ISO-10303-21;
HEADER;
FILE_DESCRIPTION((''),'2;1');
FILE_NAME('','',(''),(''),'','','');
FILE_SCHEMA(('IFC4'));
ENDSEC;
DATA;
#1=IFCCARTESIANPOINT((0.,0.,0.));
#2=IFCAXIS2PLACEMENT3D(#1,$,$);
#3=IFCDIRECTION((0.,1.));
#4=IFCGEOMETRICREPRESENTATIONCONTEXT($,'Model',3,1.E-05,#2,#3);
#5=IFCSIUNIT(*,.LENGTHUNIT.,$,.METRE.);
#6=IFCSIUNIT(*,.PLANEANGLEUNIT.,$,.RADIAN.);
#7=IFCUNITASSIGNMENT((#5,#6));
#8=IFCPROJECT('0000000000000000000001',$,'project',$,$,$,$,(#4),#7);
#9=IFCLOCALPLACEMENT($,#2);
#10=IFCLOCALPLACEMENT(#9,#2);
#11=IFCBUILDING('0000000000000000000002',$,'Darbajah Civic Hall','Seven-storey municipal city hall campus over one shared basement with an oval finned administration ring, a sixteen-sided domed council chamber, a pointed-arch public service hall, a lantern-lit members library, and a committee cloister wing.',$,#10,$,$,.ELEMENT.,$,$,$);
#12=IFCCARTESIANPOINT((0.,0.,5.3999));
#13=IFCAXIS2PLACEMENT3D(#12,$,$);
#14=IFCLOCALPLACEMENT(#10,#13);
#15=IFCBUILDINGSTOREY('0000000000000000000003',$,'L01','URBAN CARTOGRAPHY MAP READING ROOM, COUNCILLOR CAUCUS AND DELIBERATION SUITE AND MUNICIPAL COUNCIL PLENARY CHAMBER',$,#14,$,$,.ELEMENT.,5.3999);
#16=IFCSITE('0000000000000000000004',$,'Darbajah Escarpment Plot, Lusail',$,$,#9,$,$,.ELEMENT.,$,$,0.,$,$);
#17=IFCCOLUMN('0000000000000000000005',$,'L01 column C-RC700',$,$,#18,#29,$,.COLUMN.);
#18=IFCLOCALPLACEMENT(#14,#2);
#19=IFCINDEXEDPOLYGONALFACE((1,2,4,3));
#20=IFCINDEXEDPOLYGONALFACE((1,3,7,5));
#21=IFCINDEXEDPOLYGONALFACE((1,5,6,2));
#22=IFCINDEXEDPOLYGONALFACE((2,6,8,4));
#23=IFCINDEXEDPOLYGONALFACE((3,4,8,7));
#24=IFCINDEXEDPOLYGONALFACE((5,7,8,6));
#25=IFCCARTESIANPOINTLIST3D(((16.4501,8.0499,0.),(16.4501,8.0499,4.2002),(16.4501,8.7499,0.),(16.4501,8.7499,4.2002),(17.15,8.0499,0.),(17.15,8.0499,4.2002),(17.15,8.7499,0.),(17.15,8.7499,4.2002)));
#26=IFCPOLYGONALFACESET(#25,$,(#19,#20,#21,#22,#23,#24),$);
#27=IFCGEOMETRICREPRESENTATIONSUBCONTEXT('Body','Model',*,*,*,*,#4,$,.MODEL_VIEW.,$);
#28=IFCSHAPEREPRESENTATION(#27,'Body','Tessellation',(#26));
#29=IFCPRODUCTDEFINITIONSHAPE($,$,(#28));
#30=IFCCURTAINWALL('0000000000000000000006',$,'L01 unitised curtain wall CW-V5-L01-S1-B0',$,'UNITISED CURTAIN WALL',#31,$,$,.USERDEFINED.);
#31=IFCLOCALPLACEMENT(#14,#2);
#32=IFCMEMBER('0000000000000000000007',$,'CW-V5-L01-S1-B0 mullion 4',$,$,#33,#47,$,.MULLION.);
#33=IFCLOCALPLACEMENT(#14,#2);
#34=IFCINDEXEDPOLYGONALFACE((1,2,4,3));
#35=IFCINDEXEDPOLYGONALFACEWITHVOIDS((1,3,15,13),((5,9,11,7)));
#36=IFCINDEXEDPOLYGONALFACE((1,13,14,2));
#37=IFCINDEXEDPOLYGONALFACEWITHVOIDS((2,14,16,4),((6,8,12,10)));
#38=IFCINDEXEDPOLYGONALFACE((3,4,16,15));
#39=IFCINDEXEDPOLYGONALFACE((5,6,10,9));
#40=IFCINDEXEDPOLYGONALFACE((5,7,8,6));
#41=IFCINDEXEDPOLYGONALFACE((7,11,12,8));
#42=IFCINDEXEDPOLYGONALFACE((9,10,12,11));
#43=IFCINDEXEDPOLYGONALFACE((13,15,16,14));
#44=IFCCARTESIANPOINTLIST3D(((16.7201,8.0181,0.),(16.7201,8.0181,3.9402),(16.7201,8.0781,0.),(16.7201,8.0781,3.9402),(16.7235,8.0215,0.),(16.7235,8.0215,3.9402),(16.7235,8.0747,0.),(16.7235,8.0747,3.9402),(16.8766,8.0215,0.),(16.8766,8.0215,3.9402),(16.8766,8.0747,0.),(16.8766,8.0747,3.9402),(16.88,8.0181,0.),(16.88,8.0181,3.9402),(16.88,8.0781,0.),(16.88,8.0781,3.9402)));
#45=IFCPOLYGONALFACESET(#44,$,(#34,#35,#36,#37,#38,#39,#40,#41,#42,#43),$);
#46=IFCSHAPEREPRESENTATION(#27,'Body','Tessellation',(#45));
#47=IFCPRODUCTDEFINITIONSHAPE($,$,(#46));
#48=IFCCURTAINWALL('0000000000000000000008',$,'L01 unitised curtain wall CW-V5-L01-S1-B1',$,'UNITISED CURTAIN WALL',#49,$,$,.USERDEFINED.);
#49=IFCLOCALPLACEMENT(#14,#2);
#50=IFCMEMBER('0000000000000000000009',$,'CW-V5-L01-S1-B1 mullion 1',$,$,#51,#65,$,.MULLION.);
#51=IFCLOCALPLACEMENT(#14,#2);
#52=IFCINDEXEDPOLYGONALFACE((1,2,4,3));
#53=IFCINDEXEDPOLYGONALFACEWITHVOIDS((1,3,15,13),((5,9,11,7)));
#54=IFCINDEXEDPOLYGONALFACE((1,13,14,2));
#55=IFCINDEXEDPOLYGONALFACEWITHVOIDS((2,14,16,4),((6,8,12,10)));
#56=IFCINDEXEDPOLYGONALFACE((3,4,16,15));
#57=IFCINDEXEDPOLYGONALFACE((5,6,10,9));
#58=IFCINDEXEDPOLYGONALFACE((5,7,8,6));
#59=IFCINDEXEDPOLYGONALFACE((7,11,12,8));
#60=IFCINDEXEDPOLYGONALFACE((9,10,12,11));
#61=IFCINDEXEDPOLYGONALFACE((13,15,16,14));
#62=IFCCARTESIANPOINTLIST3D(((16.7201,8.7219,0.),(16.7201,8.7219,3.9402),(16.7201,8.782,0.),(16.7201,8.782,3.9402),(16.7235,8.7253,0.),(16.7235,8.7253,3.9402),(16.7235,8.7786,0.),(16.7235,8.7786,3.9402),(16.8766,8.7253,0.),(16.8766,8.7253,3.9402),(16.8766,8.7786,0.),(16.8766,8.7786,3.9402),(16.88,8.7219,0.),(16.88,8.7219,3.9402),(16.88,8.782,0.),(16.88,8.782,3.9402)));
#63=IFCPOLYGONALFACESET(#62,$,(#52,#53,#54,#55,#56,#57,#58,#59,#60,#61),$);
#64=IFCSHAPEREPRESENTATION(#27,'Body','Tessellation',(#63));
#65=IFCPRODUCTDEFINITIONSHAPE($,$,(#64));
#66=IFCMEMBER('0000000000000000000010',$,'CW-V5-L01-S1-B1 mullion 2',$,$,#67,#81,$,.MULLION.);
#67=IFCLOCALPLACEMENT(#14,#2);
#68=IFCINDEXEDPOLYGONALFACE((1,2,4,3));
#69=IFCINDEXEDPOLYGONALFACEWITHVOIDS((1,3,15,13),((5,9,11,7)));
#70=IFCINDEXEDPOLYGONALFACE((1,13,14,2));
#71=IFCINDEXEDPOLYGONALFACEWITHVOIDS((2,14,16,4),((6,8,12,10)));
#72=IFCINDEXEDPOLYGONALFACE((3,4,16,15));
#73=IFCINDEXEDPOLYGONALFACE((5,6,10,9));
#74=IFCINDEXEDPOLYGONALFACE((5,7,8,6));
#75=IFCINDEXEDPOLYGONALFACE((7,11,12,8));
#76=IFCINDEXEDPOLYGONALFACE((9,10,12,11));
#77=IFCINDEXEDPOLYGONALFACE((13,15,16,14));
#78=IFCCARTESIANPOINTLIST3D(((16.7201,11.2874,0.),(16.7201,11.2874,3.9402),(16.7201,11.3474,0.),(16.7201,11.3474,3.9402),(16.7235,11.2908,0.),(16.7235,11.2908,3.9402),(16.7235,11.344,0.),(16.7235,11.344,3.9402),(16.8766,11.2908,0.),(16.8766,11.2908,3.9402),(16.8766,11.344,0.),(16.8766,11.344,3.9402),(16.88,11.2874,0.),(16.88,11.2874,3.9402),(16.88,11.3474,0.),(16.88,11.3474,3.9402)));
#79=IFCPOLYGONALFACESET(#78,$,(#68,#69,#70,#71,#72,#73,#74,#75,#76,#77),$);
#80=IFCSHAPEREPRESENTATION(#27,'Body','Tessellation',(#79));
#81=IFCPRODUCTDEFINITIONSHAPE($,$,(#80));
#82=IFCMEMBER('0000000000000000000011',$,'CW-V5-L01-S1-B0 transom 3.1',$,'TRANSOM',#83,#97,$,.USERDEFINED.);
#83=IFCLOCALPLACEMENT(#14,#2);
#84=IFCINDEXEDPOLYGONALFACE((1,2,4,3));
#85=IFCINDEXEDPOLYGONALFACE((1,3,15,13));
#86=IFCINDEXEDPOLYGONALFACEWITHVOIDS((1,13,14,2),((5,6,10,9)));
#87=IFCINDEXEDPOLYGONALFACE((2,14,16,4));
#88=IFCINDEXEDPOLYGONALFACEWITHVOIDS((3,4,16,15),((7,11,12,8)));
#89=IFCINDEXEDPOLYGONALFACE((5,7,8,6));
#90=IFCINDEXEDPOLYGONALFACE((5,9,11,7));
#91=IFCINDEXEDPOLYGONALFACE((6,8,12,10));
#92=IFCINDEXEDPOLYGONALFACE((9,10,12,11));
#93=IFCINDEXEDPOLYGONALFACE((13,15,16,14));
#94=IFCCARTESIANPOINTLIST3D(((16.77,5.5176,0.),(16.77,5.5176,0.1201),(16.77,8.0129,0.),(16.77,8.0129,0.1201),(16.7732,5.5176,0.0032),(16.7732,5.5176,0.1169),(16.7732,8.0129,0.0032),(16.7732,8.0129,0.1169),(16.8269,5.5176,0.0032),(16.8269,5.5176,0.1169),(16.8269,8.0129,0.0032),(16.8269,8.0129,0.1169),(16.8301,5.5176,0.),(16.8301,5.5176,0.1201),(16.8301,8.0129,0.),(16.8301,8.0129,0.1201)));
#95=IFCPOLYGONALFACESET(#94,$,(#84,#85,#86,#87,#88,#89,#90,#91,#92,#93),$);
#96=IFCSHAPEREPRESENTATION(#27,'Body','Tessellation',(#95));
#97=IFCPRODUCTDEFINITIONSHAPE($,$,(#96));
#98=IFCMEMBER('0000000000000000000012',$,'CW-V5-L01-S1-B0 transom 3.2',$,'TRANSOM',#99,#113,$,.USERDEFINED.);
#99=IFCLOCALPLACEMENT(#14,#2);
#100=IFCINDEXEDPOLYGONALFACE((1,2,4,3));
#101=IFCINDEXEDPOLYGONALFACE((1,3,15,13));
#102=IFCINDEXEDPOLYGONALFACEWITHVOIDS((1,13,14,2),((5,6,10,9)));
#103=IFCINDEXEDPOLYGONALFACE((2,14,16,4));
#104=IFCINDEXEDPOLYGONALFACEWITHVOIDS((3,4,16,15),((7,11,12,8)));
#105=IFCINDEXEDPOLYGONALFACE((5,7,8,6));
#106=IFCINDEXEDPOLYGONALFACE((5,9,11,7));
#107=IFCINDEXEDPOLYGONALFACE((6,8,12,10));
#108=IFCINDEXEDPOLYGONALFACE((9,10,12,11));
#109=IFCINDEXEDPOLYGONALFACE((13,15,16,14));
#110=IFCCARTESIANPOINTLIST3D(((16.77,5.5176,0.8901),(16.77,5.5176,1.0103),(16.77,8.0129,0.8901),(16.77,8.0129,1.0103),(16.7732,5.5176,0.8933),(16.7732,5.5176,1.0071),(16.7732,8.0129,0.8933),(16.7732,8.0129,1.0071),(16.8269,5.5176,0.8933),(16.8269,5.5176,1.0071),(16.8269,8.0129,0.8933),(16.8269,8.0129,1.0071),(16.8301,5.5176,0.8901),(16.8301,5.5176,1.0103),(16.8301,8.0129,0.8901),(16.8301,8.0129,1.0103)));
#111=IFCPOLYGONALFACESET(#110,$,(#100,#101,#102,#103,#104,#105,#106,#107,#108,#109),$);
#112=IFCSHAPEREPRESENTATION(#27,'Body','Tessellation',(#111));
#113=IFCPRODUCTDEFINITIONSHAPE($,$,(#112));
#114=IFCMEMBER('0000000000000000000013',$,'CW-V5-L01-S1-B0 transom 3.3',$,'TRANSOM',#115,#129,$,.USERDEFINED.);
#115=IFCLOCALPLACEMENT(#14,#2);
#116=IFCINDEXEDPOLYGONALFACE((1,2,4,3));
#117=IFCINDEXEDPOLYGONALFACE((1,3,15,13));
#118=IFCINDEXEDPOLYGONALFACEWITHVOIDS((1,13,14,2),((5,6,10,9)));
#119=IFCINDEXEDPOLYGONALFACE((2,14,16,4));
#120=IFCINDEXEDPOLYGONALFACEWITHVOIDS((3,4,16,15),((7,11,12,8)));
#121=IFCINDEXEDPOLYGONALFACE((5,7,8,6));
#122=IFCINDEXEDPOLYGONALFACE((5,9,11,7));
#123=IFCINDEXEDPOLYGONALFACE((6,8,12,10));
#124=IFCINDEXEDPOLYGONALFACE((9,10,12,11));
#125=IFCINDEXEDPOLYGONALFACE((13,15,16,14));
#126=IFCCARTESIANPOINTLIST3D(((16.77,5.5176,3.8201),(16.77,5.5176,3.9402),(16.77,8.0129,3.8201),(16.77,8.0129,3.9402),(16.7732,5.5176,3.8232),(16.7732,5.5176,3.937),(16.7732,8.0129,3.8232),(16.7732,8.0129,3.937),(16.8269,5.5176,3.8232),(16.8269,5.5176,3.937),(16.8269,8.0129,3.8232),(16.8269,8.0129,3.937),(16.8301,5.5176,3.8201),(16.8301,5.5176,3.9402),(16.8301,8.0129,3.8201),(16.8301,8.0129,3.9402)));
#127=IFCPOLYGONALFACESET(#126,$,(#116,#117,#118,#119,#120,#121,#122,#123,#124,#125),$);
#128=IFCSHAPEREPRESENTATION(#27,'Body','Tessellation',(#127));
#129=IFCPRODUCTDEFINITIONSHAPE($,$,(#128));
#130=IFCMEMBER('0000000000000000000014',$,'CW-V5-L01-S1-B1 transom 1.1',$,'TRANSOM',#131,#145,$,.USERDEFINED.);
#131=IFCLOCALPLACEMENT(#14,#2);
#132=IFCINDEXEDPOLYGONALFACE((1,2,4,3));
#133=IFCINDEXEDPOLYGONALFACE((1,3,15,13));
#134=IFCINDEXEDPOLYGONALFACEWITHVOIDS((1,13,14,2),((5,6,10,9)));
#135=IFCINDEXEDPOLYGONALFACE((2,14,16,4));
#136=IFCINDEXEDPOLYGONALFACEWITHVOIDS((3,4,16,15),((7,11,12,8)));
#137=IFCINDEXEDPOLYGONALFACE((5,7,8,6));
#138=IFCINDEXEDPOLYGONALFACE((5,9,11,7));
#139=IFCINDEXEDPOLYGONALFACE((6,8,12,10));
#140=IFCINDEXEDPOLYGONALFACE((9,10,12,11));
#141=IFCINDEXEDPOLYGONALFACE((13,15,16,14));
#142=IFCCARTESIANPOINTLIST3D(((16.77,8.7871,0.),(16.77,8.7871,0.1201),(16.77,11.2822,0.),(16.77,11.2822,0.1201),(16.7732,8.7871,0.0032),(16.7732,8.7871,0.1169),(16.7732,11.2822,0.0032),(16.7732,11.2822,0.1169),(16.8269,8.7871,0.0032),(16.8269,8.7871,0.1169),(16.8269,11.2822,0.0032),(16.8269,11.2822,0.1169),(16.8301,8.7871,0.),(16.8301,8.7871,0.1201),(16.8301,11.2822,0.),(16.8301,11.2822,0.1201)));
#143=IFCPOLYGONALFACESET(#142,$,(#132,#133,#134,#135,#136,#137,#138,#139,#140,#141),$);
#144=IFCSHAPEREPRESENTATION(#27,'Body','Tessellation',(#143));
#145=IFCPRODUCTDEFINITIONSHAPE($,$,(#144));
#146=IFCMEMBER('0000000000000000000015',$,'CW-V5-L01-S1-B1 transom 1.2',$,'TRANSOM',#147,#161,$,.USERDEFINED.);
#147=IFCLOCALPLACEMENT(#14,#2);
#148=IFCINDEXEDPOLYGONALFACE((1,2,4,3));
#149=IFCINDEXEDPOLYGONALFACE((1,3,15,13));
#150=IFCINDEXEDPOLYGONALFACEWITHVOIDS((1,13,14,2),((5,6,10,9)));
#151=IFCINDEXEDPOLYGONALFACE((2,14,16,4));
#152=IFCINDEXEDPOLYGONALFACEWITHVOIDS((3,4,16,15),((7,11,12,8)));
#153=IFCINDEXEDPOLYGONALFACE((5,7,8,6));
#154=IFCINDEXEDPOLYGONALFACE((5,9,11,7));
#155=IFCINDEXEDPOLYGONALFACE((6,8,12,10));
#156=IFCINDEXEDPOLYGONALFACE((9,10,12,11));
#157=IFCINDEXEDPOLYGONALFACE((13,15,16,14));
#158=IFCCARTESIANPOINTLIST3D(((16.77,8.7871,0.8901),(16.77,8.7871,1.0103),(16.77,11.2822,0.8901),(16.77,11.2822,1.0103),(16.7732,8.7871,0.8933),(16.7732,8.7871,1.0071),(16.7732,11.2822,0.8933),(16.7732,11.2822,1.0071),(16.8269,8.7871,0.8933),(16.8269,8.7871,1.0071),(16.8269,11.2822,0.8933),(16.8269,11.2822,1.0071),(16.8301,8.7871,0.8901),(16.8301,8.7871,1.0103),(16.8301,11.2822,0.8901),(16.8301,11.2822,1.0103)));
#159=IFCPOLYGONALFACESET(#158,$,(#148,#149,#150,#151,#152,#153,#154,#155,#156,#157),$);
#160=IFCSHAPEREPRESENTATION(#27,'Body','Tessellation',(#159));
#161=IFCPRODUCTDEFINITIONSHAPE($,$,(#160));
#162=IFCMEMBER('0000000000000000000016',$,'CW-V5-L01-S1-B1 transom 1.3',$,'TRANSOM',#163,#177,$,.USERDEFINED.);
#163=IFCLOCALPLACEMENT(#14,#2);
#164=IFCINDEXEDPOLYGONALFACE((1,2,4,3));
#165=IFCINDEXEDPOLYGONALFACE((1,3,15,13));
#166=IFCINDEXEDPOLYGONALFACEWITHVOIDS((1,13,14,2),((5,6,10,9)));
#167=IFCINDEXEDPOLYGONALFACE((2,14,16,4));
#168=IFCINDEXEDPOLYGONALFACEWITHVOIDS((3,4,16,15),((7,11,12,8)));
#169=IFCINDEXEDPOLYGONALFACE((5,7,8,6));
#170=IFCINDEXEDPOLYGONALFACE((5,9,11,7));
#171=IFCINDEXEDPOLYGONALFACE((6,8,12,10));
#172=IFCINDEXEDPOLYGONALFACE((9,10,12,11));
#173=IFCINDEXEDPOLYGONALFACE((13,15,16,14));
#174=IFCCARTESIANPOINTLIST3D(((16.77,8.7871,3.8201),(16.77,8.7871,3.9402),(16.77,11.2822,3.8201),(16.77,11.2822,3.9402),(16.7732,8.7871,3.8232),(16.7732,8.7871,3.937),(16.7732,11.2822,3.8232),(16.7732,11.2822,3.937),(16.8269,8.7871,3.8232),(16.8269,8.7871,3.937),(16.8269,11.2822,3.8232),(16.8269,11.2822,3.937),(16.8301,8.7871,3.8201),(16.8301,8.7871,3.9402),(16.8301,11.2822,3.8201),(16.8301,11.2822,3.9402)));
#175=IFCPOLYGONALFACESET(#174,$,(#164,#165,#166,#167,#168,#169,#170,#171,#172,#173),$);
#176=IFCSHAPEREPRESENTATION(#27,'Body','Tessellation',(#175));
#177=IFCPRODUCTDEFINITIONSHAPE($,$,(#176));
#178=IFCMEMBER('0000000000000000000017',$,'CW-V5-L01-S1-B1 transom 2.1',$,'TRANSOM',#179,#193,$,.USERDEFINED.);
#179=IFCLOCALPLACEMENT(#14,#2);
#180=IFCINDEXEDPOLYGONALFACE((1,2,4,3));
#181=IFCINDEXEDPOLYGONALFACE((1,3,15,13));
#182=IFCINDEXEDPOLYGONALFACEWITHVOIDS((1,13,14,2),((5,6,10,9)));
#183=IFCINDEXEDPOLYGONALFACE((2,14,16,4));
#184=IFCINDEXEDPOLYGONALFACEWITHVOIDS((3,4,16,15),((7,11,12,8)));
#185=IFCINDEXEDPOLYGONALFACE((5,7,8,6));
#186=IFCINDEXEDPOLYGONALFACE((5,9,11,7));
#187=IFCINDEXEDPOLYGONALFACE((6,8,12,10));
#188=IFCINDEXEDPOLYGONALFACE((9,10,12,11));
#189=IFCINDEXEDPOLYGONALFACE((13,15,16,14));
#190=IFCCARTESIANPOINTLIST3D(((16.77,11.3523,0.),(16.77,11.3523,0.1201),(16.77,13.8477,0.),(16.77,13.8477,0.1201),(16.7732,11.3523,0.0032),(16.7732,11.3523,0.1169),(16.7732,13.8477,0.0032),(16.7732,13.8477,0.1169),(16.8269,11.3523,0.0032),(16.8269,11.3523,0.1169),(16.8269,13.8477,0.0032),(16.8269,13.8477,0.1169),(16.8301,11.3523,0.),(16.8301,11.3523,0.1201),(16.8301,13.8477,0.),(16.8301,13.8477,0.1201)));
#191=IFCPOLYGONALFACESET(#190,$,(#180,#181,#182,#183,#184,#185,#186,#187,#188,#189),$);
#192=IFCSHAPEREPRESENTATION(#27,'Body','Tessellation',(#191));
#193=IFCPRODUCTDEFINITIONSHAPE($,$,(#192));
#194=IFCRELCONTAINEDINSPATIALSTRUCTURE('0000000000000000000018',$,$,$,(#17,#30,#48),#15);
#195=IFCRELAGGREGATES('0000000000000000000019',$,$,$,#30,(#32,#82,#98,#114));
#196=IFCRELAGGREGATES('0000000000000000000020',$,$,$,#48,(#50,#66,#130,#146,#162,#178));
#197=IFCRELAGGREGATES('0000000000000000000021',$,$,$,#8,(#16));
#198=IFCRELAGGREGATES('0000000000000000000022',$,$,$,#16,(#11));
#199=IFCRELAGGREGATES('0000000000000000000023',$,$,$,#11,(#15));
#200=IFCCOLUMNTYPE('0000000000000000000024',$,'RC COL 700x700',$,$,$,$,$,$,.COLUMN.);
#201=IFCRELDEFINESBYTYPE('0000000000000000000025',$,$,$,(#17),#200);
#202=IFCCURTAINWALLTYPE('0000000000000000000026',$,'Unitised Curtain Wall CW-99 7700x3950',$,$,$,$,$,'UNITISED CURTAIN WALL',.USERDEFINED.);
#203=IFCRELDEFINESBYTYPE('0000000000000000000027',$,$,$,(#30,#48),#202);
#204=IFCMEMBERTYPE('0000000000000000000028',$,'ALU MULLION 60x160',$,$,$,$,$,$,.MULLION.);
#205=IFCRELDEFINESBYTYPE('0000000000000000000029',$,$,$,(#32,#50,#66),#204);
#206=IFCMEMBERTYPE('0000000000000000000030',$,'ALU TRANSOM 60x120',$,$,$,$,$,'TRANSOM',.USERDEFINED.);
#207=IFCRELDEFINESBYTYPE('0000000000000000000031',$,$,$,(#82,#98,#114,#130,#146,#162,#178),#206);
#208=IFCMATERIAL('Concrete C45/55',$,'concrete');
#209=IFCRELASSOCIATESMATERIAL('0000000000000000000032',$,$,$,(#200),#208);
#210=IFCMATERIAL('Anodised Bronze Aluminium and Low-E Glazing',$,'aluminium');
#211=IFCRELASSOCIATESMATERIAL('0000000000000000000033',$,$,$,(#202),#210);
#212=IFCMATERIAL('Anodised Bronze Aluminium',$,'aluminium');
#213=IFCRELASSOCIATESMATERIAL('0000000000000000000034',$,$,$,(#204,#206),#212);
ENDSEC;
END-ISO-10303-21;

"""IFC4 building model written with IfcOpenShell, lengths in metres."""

from ifc_helpers import new_model, si_unit, direction, frame, origin, origin_2d, place, context, subcontext, project, spatial, rectangle, hollow_rectangle, extrude, material, material_profile, profile_set, type_object, element, aggregate, save


model = new_model("IFC4")

# Units and contexts
model_context = context("Model", 3, precision=1e-05, world=origin(), true_north=direction((0.0, 1.0)))
body_context = subcontext(model_context, "Body", "Model", "MODEL_VIEW")
ifc_project = project(units=[si_unit("LENGTHUNIT", "METRE"), si_unit("PLANEANGLEUNIT", "RADIAN")], contexts=[model_context])

# Site, building, storey
site_placement = place(None, origin())
site = spatial("IfcSite", under=ifc_project, at=site_placement, Name="Darbajah Escarpment Plot, Lusail", CompositionType="ELEMENT", RefElevation=0.0)
building_placement = place(site_placement, origin())
building = spatial("IfcBuilding", under=site, at=building_placement, Name="Darbajah Civic Hall", Description="Seven-storey municipal city hall campus over one shared basement with an oval finned administration ring, a sixteen-sided domed council chamber, a pointed-arch public service hall, a lantern-lit members library, and a committee cloister wing.", CompositionType="ELEMENT")
storey_placement = place(building_placement, frame((0.0, 0.0, 5.3999)))
storey = spatial("IfcBuildingStorey", under=building, at=storey_placement, Name="L01", Description="URBAN CARTOGRAPHY MAP READING ROOM, COUNCILLOR CAUCUS AND DELIBERATION SUITE AND MUNICIPAL COUNCIL PLENARY CHAMBER", CompositionType="ELEMENT", Elevation=5.3999)

# Column
ifc_material_1 = material(Name="Concrete C45/55", Category="concrete")
ifc_material_profile_1 = material_profile(ifc_material_1, rectangle(XDim=0.7, YDim=0.7, at=origin_2d()), Name="RC COL 700x700")
ifc_profile_set_1 = profile_set([ifc_material_profile_1], Name="Concrete C45/55")
column_type = type_object("IfcColumnType", Name="RC COL 700x700", PredefinedType="COLUMN", material=ifc_profile_set_1)
column_placement = place(storey_placement, frame((16.8, 8.3999, 0.0), z_axis=(0.0, 0.0, 1.0), x_axis=(1.0, 0.0, 0.0)))
element("IfcColumn", 1, at=column_placement, inside=storey, type_object=column_type, Name="L01 column C-RC700", PredefinedType="COLUMN", context=body_context, shape_type="SweptSolid", body=[
    extrude(rectangle(XDim=0.7, YDim=0.7, at=origin_2d()), origin(), (0.0, 0.0, 1.0), 4.2002),
])

# Curtain wall, member
ifc_material_2 = material(Name="Anodised Bronze Aluminium and Low-E Glazing", Category="aluminium")
curtain_wall_type = type_object("IfcCurtainWallType", Name="Unitised Curtain Wall CW-99 7700x3950", ElementType="UNITISED CURTAIN WALL", PredefinedType="USERDEFINED", material=ifc_material_2)
curtain_wall_1_placement = place(storey_placement, origin())
curtain_wall_1 = element("IfcCurtainWall", 2, at=curtain_wall_1_placement, inside=storey, type_object=curtain_wall_type, Name="L01 unitised curtain wall CW-V5-L01-S1-B0", ObjectType="UNITISED CURTAIN WALL", PredefinedType="USERDEFINED")
ifc_material_3 = material(Name="Anodised Bronze Aluminium", Category="aluminium")
ifc_material_profile_2 = material_profile(ifc_material_3, hollow_rectangle(XDim=0.0601, YDim=0.1599, WallThickness=0.0034, at=origin_2d()), Name="ALU MULLION 60x160")
ifc_profile_set_2 = profile_set([ifc_material_profile_2], Name="Anodised Bronze Aluminium")
member_type_1 = type_object("IfcMemberType", Name="ALU MULLION 60x160", PredefinedType="MULLION", material=ifc_profile_set_2)
member_1_placement = place(storey_placement, frame((16.8, 8.0481, 0.0), z_axis=(0.0, 0.0, 1.0), x_axis=(0.0, 1.0, 0.0)))
member_1 = element("IfcMember", 3, at=member_1_placement, type_object=member_type_1, Name="CW-V5-L01-S1-B0 mullion 4", PredefinedType="MULLION", context=body_context, shape_type="SweptSolid", body=[
    extrude(hollow_rectangle(XDim=0.0601, YDim=0.1599, WallThickness=0.0034, at=origin_2d()), origin(), (0.0, 0.0, 1.0), 3.9402),
])

# Curtain wall, members
curtain_wall_2_placement = place(storey_placement, origin())
curtain_wall_2 = element("IfcCurtainWall", 4, at=curtain_wall_2_placement, inside=storey, type_object=curtain_wall_type, Name="L01 unitised curtain wall CW-V5-L01-S1-B1", ObjectType="UNITISED CURTAIN WALL", PredefinedType="USERDEFINED")
member_2_placement = place(storey_placement, frame((16.8, 8.752, 0.0), z_axis=(0.0, 0.0, 1.0), x_axis=(0.0, 1.0, 0.0)))
member_2 = element("IfcMember", 5, at=member_2_placement, type_object=member_type_1, Name="CW-V5-L01-S1-B1 mullion 1", PredefinedType="MULLION", context=body_context, shape_type="SweptSolid", body=[
    extrude(hollow_rectangle(XDim=0.0601, YDim=0.1599, WallThickness=0.0034, at=origin_2d()), origin(), (0.0, 0.0, 1.0), 3.9402),
])
member_3_placement = place(storey_placement, frame((16.8, 11.3174, 0.0), z_axis=(0.0, 0.0, 1.0), x_axis=(0.0, 1.0, 0.0)))
member_3 = element("IfcMember", 6, at=member_3_placement, type_object=member_type_1, Name="CW-V5-L01-S1-B1 mullion 2", PredefinedType="MULLION", context=body_context, shape_type="SweptSolid", body=[
    extrude(hollow_rectangle(XDim=0.0601, YDim=0.1599, WallThickness=0.0034, at=origin_2d()), origin(), (0.0, 0.0, 1.0), 3.9402),
])

# Members
ifc_material_profile_3 = material_profile(ifc_material_3, hollow_rectangle(XDim=0.0601, YDim=0.1201, WallThickness=0.0032, at=origin_2d()), Name="ALU TRANSOM 60x120")
ifc_profile_set_3 = profile_set([ifc_material_profile_3], Name="Anodised Bronze Aluminium")
member_type_2 = type_object("IfcMemberType", Name="ALU TRANSOM 60x120", ElementType="TRANSOM", PredefinedType="USERDEFINED", material=ifc_profile_set_3)
member_4_placement = place(storey_placement, frame((16.8, 5.5176, 0.0601), z_axis=(0.0, 1.0, 0.0), x_axis=(-1.0, 0.0, 0.0)))
member_4 = element("IfcMember", 7, at=member_4_placement, type_object=member_type_2, Name="CW-V5-L01-S1-B0 transom 3.1", ObjectType="TRANSOM", PredefinedType="USERDEFINED", context=body_context, shape_type="SweptSolid", body=[
    extrude(hollow_rectangle(XDim=0.0601, YDim=0.1201, WallThickness=0.0032, at=origin_2d()), origin(), (0.0, 0.0, 1.0), 2.4954),
])
member_5_placement = place(storey_placement, frame((16.8, 5.5176, 0.9502), z_axis=(0.0, 1.0, 0.0), x_axis=(-1.0, 0.0, 0.0)))
member_5 = element("IfcMember", 8, at=member_5_placement, type_object=member_type_2, Name="CW-V5-L01-S1-B0 transom 3.2", ObjectType="TRANSOM", PredefinedType="USERDEFINED", context=body_context, shape_type="SweptSolid", body=[
    extrude(hollow_rectangle(XDim=0.0601, YDim=0.1201, WallThickness=0.0032, at=origin_2d()), origin(), (0.0, 0.0, 1.0), 2.4954),
])
member_6_placement = place(storey_placement, frame((16.8, 5.5176, 3.8801), z_axis=(0.0, 1.0, 0.0), x_axis=(-1.0, 0.0, 0.0)))
member_6 = element("IfcMember", 9, at=member_6_placement, type_object=member_type_2, Name="CW-V5-L01-S1-B0 transom 3.3", ObjectType="TRANSOM", PredefinedType="USERDEFINED", context=body_context, shape_type="SweptSolid", body=[
    extrude(hollow_rectangle(XDim=0.0601, YDim=0.1201, WallThickness=0.0032, at=origin_2d()), origin(), (0.0, 0.0, 1.0), 2.4954),
])
member_7_placement = place(storey_placement, frame((16.8, 8.7871, 0.0601), z_axis=(0.0, 1.0, 0.0), x_axis=(-1.0, 0.0, 0.0)))
member_7 = element("IfcMember", 10, at=member_7_placement, type_object=member_type_2, Name="CW-V5-L01-S1-B1 transom 1.1", ObjectType="TRANSOM", PredefinedType="USERDEFINED", context=body_context, shape_type="SweptSolid", body=[
    extrude(hollow_rectangle(XDim=0.0601, YDim=0.1201, WallThickness=0.0032, at=origin_2d()), origin(), (0.0, 0.0, 1.0), 2.4951),
])
member_8_placement = place(storey_placement, frame((16.8, 8.7871, 0.9502), z_axis=(0.0, 1.0, 0.0), x_axis=(-1.0, 0.0, 0.0)))
member_8 = element("IfcMember", 11, at=member_8_placement, type_object=member_type_2, Name="CW-V5-L01-S1-B1 transom 1.2", ObjectType="TRANSOM", PredefinedType="USERDEFINED", context=body_context, shape_type="SweptSolid", body=[
    extrude(hollow_rectangle(XDim=0.0601, YDim=0.1201, WallThickness=0.0032, at=origin_2d()), origin(), (0.0, 0.0, 1.0), 2.4951),
])
member_9_placement = place(storey_placement, frame((16.8, 8.7871, 3.8801), z_axis=(0.0, 1.0, 0.0), x_axis=(-1.0, 0.0, 0.0)))
member_9 = element("IfcMember", 12, at=member_9_placement, type_object=member_type_2, Name="CW-V5-L01-S1-B1 transom 1.3", ObjectType="TRANSOM", PredefinedType="USERDEFINED", context=body_context, shape_type="SweptSolid", body=[
    extrude(hollow_rectangle(XDim=0.0601, YDim=0.1201, WallThickness=0.0032, at=origin_2d()), origin(), (0.0, 0.0, 1.0), 2.4951),
])
member_10_placement = place(storey_placement, frame((16.8, 11.3523, 0.0601), z_axis=(0.0, 1.0, 0.0), x_axis=(-1.0, 0.0, 0.0)))
member_10 = element("IfcMember", 13, at=member_10_placement, type_object=member_type_2, Name="CW-V5-L01-S1-B1 transom 2.1", ObjectType="TRANSOM", PredefinedType="USERDEFINED", context=body_context, shape_type="SweptSolid", body=[
    extrude(hollow_rectangle(XDim=0.0601, YDim=0.1201, WallThickness=0.0032, at=origin_2d()), origin(), (0.0, 0.0, 1.0), 2.4954),
])

aggregate(curtain_wall_1, [member_1, member_4, member_5, member_6])
aggregate(curtain_wall_2, [member_2, member_3, member_7, member_8, member_9, member_10])

save(model, "model.ifc")
